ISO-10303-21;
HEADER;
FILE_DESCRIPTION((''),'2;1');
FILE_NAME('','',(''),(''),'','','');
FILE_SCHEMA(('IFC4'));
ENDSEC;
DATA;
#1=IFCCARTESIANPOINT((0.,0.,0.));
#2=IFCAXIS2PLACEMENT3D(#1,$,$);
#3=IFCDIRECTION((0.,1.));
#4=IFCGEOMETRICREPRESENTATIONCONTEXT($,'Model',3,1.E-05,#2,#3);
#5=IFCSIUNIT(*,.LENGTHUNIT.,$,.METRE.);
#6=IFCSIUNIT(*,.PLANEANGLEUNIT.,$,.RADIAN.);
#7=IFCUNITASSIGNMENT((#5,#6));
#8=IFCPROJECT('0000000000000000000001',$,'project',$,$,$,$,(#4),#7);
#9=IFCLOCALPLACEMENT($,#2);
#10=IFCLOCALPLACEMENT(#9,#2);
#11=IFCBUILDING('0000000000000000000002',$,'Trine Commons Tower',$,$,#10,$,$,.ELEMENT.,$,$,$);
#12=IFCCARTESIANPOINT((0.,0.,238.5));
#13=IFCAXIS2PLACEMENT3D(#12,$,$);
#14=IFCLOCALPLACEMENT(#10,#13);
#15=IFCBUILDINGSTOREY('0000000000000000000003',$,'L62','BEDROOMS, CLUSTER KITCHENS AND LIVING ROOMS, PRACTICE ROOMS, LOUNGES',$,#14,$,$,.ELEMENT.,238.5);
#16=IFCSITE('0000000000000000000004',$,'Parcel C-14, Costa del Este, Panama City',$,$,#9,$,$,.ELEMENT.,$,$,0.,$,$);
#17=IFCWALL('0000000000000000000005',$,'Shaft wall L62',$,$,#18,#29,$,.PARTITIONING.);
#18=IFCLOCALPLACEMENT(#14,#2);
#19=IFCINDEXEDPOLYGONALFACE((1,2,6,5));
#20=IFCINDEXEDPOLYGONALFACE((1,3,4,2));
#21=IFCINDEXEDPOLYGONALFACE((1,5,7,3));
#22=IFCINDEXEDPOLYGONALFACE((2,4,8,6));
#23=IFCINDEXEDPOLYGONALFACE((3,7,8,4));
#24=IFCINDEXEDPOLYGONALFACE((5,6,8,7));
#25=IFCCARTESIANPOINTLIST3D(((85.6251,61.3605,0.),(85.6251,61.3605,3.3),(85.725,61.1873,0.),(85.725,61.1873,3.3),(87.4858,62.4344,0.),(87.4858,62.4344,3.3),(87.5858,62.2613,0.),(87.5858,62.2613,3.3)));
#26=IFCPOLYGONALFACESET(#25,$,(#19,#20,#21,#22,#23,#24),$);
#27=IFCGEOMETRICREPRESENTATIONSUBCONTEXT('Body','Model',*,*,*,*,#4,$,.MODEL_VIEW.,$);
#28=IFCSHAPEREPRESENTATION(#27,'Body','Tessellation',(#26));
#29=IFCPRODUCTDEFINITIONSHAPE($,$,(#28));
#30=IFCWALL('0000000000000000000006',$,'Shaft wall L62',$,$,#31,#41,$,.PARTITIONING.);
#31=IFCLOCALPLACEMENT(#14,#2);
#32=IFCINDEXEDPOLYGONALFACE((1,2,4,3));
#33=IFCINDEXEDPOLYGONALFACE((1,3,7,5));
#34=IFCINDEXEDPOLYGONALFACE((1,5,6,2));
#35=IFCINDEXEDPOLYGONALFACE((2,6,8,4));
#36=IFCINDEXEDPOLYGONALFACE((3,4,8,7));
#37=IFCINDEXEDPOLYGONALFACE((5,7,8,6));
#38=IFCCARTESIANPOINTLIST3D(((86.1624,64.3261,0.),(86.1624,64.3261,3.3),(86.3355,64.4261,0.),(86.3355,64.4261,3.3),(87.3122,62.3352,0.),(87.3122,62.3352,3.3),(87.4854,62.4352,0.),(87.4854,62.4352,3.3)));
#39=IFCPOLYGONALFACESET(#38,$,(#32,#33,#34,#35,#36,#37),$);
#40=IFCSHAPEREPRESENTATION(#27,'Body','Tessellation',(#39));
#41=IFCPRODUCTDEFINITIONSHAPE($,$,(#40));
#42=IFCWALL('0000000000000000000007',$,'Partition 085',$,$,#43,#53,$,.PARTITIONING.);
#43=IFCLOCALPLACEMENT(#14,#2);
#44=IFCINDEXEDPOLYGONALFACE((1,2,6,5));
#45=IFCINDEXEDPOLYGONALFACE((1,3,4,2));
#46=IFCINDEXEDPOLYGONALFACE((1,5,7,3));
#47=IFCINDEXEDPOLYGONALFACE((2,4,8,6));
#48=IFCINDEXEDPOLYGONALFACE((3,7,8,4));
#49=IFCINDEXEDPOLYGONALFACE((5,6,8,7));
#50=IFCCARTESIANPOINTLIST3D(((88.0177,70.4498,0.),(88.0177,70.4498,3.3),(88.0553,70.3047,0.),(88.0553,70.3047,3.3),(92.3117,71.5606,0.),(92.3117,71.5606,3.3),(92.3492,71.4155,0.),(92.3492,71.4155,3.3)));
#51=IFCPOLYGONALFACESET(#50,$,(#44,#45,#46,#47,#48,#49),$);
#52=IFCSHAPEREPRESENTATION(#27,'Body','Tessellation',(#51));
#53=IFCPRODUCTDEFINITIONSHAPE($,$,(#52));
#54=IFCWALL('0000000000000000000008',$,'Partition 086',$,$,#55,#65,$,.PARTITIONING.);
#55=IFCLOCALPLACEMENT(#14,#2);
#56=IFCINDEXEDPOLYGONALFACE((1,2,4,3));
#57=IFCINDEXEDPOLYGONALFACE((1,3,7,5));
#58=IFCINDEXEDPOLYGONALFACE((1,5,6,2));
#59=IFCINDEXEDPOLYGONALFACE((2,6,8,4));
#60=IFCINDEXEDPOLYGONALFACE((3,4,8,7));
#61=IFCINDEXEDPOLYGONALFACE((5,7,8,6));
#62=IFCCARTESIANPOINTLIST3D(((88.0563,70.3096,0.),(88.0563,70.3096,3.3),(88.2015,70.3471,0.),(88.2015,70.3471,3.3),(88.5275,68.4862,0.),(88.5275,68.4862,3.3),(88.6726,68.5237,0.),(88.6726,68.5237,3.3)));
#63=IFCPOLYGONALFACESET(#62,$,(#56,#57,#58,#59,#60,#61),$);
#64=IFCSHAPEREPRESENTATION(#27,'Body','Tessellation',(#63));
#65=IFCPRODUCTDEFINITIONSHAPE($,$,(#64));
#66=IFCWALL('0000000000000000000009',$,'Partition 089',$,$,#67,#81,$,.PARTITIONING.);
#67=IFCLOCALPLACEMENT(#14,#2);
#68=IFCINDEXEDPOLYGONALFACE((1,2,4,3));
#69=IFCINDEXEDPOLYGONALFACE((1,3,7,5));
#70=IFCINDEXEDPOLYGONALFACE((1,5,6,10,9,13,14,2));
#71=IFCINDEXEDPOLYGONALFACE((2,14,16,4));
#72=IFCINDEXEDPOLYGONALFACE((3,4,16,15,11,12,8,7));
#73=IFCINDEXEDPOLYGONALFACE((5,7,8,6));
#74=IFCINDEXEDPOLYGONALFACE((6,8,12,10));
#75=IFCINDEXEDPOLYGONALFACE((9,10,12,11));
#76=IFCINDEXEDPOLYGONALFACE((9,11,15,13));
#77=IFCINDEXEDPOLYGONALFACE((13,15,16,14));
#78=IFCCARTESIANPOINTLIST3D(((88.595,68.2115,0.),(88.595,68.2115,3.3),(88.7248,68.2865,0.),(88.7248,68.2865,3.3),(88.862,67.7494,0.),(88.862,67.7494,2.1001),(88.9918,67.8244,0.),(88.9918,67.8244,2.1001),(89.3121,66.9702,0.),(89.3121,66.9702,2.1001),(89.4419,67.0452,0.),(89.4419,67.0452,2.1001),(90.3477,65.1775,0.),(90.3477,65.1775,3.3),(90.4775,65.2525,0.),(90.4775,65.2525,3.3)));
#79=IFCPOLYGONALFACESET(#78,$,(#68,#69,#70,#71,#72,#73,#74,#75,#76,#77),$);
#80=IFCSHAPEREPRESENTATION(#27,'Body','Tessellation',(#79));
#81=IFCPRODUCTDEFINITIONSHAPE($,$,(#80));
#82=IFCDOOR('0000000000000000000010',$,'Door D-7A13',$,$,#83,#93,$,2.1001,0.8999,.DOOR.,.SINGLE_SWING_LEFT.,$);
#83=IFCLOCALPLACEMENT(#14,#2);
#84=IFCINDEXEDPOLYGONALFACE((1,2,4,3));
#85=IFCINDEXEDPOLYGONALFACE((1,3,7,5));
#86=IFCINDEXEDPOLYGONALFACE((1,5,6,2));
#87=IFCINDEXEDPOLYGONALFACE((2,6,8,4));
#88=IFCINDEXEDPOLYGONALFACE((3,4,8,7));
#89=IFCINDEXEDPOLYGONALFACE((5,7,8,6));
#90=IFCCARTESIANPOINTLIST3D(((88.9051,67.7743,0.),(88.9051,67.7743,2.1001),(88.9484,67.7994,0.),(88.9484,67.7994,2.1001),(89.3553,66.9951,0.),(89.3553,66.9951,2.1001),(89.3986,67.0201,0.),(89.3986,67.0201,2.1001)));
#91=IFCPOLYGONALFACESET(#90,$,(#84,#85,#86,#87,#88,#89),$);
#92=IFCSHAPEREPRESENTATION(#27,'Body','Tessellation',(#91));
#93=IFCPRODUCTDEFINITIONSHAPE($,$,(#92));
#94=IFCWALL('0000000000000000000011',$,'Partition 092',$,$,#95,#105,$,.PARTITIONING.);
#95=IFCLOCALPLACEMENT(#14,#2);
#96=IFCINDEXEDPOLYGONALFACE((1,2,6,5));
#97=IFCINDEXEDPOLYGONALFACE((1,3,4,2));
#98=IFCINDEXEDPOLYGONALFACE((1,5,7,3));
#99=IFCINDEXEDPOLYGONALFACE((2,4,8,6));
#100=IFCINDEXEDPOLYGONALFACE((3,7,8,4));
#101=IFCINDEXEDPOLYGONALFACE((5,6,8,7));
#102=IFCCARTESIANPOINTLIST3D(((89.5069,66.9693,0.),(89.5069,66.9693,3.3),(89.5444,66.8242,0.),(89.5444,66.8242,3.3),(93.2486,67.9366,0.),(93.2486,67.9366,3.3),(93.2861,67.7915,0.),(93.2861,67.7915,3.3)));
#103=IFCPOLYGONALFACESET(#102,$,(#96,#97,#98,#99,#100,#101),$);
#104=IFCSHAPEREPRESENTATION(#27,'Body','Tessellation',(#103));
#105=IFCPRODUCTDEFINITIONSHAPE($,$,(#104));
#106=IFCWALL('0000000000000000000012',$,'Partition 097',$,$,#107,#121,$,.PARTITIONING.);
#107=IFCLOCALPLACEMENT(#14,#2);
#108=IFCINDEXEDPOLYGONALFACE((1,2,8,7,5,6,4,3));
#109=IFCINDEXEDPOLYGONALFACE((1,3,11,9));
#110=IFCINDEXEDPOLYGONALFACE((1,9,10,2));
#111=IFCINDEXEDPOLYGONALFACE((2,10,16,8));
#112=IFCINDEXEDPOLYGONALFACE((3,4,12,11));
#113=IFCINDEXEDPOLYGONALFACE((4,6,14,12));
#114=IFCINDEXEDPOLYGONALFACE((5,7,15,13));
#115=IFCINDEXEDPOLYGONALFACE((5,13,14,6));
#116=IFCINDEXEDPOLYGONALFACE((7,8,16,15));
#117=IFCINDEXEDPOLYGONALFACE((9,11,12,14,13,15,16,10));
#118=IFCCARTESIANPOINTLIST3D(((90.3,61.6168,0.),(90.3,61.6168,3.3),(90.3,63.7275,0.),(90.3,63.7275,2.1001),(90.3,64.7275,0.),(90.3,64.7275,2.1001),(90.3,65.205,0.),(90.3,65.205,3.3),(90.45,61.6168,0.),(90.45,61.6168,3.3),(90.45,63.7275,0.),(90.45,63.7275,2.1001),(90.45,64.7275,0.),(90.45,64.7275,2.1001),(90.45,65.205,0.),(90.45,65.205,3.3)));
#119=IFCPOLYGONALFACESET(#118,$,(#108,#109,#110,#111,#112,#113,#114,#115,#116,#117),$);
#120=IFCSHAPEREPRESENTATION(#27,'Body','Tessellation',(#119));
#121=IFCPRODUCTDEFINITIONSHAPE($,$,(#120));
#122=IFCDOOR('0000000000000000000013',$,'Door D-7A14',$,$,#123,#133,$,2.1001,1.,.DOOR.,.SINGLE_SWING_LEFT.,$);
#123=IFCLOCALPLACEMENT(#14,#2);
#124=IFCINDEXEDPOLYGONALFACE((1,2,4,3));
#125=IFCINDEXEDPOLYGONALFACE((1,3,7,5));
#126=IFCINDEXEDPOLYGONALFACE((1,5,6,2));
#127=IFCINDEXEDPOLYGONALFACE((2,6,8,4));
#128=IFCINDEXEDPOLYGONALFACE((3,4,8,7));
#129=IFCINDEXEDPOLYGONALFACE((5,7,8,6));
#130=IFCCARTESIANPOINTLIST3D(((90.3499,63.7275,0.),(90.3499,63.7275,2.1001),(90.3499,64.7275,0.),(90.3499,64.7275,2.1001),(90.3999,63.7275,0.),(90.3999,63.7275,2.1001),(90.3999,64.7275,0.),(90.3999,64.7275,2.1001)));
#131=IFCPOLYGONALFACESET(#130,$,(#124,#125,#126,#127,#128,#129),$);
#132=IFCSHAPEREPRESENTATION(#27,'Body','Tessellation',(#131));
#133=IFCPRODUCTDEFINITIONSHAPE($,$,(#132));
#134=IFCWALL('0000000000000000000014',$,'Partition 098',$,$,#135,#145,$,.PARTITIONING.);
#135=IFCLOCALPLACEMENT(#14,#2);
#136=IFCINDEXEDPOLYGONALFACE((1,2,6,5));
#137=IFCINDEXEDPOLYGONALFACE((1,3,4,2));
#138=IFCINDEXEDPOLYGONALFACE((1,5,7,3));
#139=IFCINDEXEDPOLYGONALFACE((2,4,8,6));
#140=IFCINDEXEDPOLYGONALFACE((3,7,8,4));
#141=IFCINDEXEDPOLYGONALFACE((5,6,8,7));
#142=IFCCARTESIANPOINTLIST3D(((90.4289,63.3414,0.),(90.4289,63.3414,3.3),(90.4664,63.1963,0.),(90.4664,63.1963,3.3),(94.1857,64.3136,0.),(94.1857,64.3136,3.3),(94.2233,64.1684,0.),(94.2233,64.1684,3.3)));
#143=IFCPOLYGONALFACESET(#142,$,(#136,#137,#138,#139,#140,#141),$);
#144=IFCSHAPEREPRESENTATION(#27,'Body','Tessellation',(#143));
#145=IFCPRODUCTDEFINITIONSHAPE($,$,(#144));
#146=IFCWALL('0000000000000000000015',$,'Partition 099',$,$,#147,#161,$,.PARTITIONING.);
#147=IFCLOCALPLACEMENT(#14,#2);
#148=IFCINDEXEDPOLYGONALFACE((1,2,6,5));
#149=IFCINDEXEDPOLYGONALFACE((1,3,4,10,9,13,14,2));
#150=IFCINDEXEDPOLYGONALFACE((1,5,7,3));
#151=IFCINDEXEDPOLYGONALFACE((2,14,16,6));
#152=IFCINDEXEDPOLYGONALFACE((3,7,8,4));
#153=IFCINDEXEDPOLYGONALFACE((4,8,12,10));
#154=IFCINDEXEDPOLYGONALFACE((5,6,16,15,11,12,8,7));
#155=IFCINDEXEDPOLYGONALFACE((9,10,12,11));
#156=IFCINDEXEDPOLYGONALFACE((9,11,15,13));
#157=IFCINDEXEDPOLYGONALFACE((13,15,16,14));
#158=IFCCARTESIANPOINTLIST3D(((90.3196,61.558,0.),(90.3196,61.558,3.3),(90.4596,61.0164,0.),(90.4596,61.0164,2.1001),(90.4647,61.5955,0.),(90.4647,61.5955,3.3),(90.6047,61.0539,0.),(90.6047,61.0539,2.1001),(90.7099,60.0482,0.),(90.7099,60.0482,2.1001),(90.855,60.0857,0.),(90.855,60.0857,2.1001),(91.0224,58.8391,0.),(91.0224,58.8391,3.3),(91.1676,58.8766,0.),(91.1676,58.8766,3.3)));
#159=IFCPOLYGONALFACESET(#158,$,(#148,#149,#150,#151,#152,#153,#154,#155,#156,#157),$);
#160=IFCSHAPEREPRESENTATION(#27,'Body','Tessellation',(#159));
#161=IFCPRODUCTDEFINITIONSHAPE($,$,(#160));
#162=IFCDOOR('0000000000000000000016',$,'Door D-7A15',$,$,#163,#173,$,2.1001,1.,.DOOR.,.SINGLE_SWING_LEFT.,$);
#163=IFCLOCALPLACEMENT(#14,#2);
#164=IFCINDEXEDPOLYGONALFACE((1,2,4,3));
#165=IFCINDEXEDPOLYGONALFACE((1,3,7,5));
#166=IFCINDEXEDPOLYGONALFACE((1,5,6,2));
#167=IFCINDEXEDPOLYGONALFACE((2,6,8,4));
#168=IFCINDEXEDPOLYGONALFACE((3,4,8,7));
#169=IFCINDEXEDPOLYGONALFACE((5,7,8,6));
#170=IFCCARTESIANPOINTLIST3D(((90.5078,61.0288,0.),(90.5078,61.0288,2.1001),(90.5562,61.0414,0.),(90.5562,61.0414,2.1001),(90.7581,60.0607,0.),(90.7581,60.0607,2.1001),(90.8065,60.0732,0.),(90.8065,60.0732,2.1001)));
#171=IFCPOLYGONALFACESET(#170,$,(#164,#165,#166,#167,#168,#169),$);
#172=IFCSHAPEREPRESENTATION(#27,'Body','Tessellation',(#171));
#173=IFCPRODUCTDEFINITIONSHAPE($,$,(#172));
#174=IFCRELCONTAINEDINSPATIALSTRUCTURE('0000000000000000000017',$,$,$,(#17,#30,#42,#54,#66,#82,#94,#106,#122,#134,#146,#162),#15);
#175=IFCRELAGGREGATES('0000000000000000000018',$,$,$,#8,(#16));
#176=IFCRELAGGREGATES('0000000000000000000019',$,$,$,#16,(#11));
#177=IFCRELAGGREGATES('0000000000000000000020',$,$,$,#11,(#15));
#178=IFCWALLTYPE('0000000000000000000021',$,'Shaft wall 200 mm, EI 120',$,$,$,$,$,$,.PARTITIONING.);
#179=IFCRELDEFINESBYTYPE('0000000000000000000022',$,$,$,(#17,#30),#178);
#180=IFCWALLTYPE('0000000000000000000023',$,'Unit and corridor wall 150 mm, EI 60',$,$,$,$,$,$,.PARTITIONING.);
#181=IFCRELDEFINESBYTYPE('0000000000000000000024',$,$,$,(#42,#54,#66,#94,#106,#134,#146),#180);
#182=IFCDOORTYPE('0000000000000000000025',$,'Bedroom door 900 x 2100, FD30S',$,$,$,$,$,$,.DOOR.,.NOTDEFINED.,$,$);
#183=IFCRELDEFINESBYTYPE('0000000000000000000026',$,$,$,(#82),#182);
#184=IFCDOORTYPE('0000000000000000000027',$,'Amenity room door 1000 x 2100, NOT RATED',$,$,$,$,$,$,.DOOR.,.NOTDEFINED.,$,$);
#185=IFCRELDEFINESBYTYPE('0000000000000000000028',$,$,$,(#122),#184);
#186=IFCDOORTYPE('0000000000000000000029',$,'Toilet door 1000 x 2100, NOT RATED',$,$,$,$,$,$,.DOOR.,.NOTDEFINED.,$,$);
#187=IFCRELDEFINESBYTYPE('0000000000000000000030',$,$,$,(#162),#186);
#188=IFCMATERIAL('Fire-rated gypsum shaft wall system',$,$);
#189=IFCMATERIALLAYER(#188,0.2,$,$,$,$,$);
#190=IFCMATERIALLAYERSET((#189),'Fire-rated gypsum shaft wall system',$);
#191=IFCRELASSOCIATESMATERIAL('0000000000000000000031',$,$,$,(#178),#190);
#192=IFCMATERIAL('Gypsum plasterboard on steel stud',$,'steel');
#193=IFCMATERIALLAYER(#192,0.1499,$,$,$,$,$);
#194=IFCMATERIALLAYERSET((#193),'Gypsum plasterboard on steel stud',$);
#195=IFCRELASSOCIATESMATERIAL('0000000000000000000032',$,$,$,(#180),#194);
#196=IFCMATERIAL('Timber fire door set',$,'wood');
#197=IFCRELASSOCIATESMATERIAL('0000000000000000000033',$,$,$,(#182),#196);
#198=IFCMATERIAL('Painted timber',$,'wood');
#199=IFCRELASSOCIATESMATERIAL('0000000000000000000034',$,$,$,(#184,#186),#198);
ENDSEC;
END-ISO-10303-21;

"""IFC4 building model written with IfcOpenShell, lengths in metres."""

from ifc_helpers import new_model, si_unit, direction, frame, frame_2d, origin, place, context, subcontext, project, spatial, rectangle, extrude, material, layer, layer_set, type_object, element, fill, save


model = new_model("IFC4")

# Units and contexts
model_context = context("Model", 3, precision=1e-05, world=origin(), true_north=direction((0.0, 1.0)))
body_context = subcontext(model_context, "Body", "Model", "MODEL_VIEW")
ifc_project = project(units=[si_unit("LENGTHUNIT", "METRE"), si_unit("PLANEANGLEUNIT", "RADIAN")], contexts=[model_context])

# Site, building, storey
site_placement = place(None, origin())
site = spatial("IfcSite", under=ifc_project, at=site_placement, Name="Parcel C-14, Costa del Este, Panama City", CompositionType="ELEMENT", RefElevation=0.0)
building_placement = place(site_placement, origin())
building = spatial("IfcBuilding", under=site, at=building_placement, Name="Trine Commons Tower", CompositionType="ELEMENT")
storey_placement = place(building_placement, frame((0.0, 0.0, 238.5)))
storey = spatial("IfcBuildingStorey", under=building, at=storey_placement, Name="L62", Description="BEDROOMS, CLUSTER KITCHENS AND LIVING ROOMS, PRACTICE ROOMS, LOUNGES", CompositionType="ELEMENT", Elevation=238.5)

# Shared definitions
ifc_material_1 = material(Name="Fire-rated gypsum shaft wall system")

# Walls
ifc_layer_1 = layer(ifc_material_1, 0.2)
ifc_layer_set_1 = layer_set([ifc_layer_1], Name="Fire-rated gypsum shaft wall system")
wall_type_1 = type_object("IfcWallType", Name="Shaft wall 200 mm, EI 120", PredefinedType="PARTITIONING", material=ifc_layer_set_1)
wall_1_placement = place(storey_placement, frame((85.675, 61.2739, 0.0), z_axis=(0.0, 0.0, 1.0), x_axis=(0.866102, 0.499867, 0.0)))
element("IfcWall", 1, at=wall_1_placement, inside=storey, type_object=wall_type_1, Name="Shaft wall L62", PredefinedType="PARTITIONING", context=body_context, shape_type="SweptSolid", body=[
    extrude(rectangle(XDim=2.1484, YDim=0.2, at=frame_2d((1.0742, 0.0))), origin(), (0.0, 0.0, 1.0), 3.3),
])
wall_2_placement = place(storey_placement, frame((86.249, 64.376, 0.0), z_axis=(0.0, 0.0, 1.0), x_axis=(0.500136, -0.865947, 0.0)))
element("IfcWall", 2, at=wall_2_placement, inside=storey, type_object=wall_type_1, Name="Shaft wall L62", PredefinedType="PARTITIONING", context=body_context, shape_type="SweptSolid", body=[
    extrude(rectangle(XDim=2.2991, YDim=0.2, at=frame_2d((1.1494, 0.0))), origin(), (0.0, 0.0, 1.0), 3.3),
])
ifc_material_2 = material(Name="Gypsum plasterboard on steel stud", Category="steel")
ifc_layer_2 = layer(ifc_material_2, 0.1499)
ifc_layer_set_2 = layer_set([ifc_layer_2], Name="Gypsum plasterboard on steel stud")
wall_type_2 = type_object("IfcWallType", Name="Unit and corridor wall 150 mm, EI 60", PredefinedType="PARTITIONING", material=ifc_layer_set_2)
wall_3_placement = place(storey_placement, frame((88.0364, 70.3772, 0.0), z_axis=(0.0, 0.0, 1.0), x_axis=(0.968129, 0.250454, 0.0)))
element("IfcWall", 3, at=wall_3_placement, inside=storey, type_object=wall_type_2, Name="Partition 085", PredefinedType="PARTITIONING", context=body_context, shape_type="SweptSolid", body=[
    extrude(rectangle(XDim=4.4353, YDim=0.1499, at=frame_2d((2.2178, 0.0))), origin(), (0.0, 0.0, 1.0), 3.3),
])
wall_4_placement = place(storey_placement, frame((88.1289, 70.3284, 0.0), z_axis=(0.0, 0.0, 1.0), x_axis=(0.250184, -0.968198, 0.0)))
element("IfcWall", 4, at=wall_4_placement, inside=storey, type_object=wall_type_2, Name="Partition 086", PredefinedType="PARTITIONING", context=body_context, shape_type="SweptSolid", body=[
    extrude(rectangle(XDim=1.8833, YDim=0.1499, at=frame_2d((0.9417, 0.0))), origin(), (0.0, 0.0, 1.0), 3.3),
])

# Wall, opening, door
wall_5_placement = place(storey_placement, frame((88.6599, 68.249, 0.0), z_axis=(0.0, 0.0, 1.0), x_axis=(0.500223, -0.865897, 0.0)))
wall_5 = element("IfcWall", 5, at=wall_5_placement, inside=storey, type_object=wall_type_2, Name="Partition 089", PredefinedType="PARTITIONING", context=body_context, shape_type="SweptSolid", body=[
    extrude(rectangle(XDim=3.5039, YDim=0.1499, at=frame_2d((1.752, 0.0))), origin(), (0.0, 0.0, 1.0), 3.3),
])
opening_1_placement = place(wall_5_placement, frame((0.5337, 0.0, 0.0)))
opening_1 = element("IfcOpeningElement", 6, at=opening_1_placement, cuts=wall_5, PredefinedType="OPENING", context=body_context, shape_type="SweptSolid", body=[
    extrude(rectangle(XDim=0.8999, YDim=2.1001, at=frame_2d((0.45, 1.05))), frame((0.0, 0.085, 0.0), z_axis=(0.0, -1.0, 0.0), x_axis=(1.0, 0.0, 0.0)), (0.0, 0.0, 1.0), 0.1699),
])
ifc_material_3 = material(Name="Timber fire door set", Category="wood")
door_type_1 = type_object("IfcDoorType", Name="Bedroom door 900 x 2100, FD30S", OperationType="NOTDEFINED", PredefinedType="DOOR", material=ifc_material_3)
door_1_placement = place(opening_1_placement, origin())
door_1 = element("IfcDoor", 7, at=door_1_placement, inside=storey, type_object=door_type_1, Name="Door D-7A13", OperationType="SINGLE_SWING_LEFT", OverallHeight=2.1001, OverallWidth=0.8999, PredefinedType="DOOR", context=body_context, shape_type="SweptSolid", body=[
    extrude(rectangle(XDim=0.8999, YDim=2.1001, at=frame_2d((0.45, 1.05))), frame((0.0, 0.0249, 0.0), z_axis=(0.0, -1.0, 0.0), x_axis=(1.0, 0.0, 0.0)), (0.0, 0.0, 1.0), 0.05),
])
fill(opening_1, door_1)

# Wall
wall_6_placement = place(storey_placement, frame((89.5256, 66.8967, 0.0), z_axis=(0.0, 0.0, 1.0), x_axis=(0.968172, 0.250287, 0.0)))
element("IfcWall", 8, at=wall_6_placement, inside=storey, type_object=wall_type_2, Name="Partition 092", PredefinedType="PARTITIONING", context=body_context, shape_type="SweptSolid", body=[
    extrude(rectangle(XDim=3.8647, YDim=0.1499, at=frame_2d((1.9324, 0.0))), origin(), (0.0, 0.0, 1.0), 3.3),
])

# Wall, opening, door
wall_7_placement = place(storey_placement, frame((90.375, 61.6169, 0.0), z_axis=(0.0, 0.0, 1.0), x_axis=(0.0, 1.0, 0.0)))
wall_7 = element("IfcWall", 9, at=wall_7_placement, inside=storey, type_object=wall_type_2, Name="Partition 097", PredefinedType="PARTITIONING", context=body_context, shape_type="SweptSolid", body=[
    extrude(rectangle(XDim=3.5881, YDim=0.1499, at=frame_2d((1.7939, 0.0))), origin(), (0.0, 0.0, 1.0), 3.3),
])
opening_2_placement = place(wall_7_placement, frame((2.1106, 0.0, 0.0)))
opening_2 = element("IfcOpeningElement", 10, at=opening_2_placement, cuts=wall_7, PredefinedType="OPENING", context=body_context, shape_type="SweptSolid", body=[
    extrude(rectangle(XDim=1.0, YDim=2.1001, at=frame_2d((0.5, 1.05))), frame((0.0, 0.085, 0.0), z_axis=(0.0, -1.0, 0.0), x_axis=(1.0, 0.0, 0.0)), (0.0, 0.0, 1.0), 0.1699),
])
ifc_material_4 = material(Name="Painted timber", Category="wood")
door_type_2 = type_object("IfcDoorType", Name="Amenity room door 1000 x 2100, NOT RATED", OperationType="NOTDEFINED", PredefinedType="DOOR", material=ifc_material_4)
door_2_placement = place(opening_2_placement, frame((1.0, 0.0, 0.0), z_axis=(0.0, 0.0, 1.0), x_axis=(-1.0, 0.0, 0.0)))
door_2 = element("IfcDoor", 11, at=door_2_placement, inside=storey, type_object=door_type_2, Name="Door D-7A14", OperationType="SINGLE_SWING_LEFT", OverallHeight=2.1001, OverallWidth=1.0, PredefinedType="DOOR", context=body_context, shape_type="SweptSolid", body=[
    extrude(rectangle(XDim=1.0, YDim=2.1001, at=frame_2d((0.5, 1.05))), frame((0.0, 0.0249, 0.0), z_axis=(0.0, -1.0, 0.0), x_axis=(1.0, 0.0, 0.0)), (0.0, 0.0, 1.0), 0.05),
])
fill(opening_2, door_2)

# Wall
wall_8_placement = place(storey_placement, frame((90.4475, 63.2688, 0.0), z_axis=(0.0, 0.0, 1.0), x_axis=(0.968111, 0.250521, 0.0)))
element("IfcWall", 12, at=wall_8_placement, inside=storey, type_object=wall_type_2, Name="Partition 098", PredefinedType="PARTITIONING", context=body_context, shape_type="SweptSolid", body=[
    extrude(rectangle(XDim=3.8806, YDim=0.1499, at=frame_2d((1.9404, 0.0))), origin(), (0.0, 0.0, 1.0), 3.3),
])

# Wall, opening, door
wall_9_placement = place(storey_placement, frame((90.3921, 61.5769, 0.0), z_axis=(0.0, 0.0, 1.0), x_axis=(0.25028, -0.968173, 0.0)))
wall_9 = element("IfcWall", 13, at=wall_9_placement, inside=storey, type_object=wall_type_2, Name="Partition 099", PredefinedType="PARTITIONING", context=body_context, shape_type="SweptSolid", body=[
    extrude(rectangle(XDim=2.8083, YDim=0.1499, at=frame_2d((1.4043, 0.0))), origin(), (0.0, 0.0, 1.0), 3.3),
])
opening_3_placement = place(wall_9_placement, frame((0.5596, 0.0, 0.0)))
opening_3 = element("IfcOpeningElement", 14, at=opening_3_placement, cuts=wall_9, PredefinedType="OPENING", context=body_context, shape_type="SweptSolid", body=[
    extrude(rectangle(XDim=1.0, YDim=2.1001, at=frame_2d((0.5, 1.05))), frame((0.0, 0.085, 0.0), z_axis=(0.0, -1.0, 0.0), x_axis=(1.0, 0.0, 0.0)), (0.0, 0.0, 1.0), 0.1699),
])
door_type_3 = type_object("IfcDoorType", Name="Toilet door 1000 x 2100, NOT RATED", OperationType="NOTDEFINED", PredefinedType="DOOR", material=ifc_material_4)
door_3_placement = place(opening_3_placement, origin())
door_3 = element("IfcDoor", 15, at=door_3_placement, inside=storey, type_object=door_type_3, Name="Door D-7A15", OperationType="SINGLE_SWING_LEFT", OverallHeight=2.1001, OverallWidth=1.0, PredefinedType="DOOR", context=body_context, shape_type="SweptSolid", body=[
    extrude(rectangle(XDim=1.0, YDim=2.1001, at=frame_2d((0.5, 1.05))), frame((0.0, 0.0249, 0.0), z_axis=(0.0, -1.0, 0.0), x_axis=(1.0, 0.0, 0.0)), (0.0, 0.0, 1.0), 0.05),
])
fill(opening_3, door_3)

save(model, "model.ifc")
